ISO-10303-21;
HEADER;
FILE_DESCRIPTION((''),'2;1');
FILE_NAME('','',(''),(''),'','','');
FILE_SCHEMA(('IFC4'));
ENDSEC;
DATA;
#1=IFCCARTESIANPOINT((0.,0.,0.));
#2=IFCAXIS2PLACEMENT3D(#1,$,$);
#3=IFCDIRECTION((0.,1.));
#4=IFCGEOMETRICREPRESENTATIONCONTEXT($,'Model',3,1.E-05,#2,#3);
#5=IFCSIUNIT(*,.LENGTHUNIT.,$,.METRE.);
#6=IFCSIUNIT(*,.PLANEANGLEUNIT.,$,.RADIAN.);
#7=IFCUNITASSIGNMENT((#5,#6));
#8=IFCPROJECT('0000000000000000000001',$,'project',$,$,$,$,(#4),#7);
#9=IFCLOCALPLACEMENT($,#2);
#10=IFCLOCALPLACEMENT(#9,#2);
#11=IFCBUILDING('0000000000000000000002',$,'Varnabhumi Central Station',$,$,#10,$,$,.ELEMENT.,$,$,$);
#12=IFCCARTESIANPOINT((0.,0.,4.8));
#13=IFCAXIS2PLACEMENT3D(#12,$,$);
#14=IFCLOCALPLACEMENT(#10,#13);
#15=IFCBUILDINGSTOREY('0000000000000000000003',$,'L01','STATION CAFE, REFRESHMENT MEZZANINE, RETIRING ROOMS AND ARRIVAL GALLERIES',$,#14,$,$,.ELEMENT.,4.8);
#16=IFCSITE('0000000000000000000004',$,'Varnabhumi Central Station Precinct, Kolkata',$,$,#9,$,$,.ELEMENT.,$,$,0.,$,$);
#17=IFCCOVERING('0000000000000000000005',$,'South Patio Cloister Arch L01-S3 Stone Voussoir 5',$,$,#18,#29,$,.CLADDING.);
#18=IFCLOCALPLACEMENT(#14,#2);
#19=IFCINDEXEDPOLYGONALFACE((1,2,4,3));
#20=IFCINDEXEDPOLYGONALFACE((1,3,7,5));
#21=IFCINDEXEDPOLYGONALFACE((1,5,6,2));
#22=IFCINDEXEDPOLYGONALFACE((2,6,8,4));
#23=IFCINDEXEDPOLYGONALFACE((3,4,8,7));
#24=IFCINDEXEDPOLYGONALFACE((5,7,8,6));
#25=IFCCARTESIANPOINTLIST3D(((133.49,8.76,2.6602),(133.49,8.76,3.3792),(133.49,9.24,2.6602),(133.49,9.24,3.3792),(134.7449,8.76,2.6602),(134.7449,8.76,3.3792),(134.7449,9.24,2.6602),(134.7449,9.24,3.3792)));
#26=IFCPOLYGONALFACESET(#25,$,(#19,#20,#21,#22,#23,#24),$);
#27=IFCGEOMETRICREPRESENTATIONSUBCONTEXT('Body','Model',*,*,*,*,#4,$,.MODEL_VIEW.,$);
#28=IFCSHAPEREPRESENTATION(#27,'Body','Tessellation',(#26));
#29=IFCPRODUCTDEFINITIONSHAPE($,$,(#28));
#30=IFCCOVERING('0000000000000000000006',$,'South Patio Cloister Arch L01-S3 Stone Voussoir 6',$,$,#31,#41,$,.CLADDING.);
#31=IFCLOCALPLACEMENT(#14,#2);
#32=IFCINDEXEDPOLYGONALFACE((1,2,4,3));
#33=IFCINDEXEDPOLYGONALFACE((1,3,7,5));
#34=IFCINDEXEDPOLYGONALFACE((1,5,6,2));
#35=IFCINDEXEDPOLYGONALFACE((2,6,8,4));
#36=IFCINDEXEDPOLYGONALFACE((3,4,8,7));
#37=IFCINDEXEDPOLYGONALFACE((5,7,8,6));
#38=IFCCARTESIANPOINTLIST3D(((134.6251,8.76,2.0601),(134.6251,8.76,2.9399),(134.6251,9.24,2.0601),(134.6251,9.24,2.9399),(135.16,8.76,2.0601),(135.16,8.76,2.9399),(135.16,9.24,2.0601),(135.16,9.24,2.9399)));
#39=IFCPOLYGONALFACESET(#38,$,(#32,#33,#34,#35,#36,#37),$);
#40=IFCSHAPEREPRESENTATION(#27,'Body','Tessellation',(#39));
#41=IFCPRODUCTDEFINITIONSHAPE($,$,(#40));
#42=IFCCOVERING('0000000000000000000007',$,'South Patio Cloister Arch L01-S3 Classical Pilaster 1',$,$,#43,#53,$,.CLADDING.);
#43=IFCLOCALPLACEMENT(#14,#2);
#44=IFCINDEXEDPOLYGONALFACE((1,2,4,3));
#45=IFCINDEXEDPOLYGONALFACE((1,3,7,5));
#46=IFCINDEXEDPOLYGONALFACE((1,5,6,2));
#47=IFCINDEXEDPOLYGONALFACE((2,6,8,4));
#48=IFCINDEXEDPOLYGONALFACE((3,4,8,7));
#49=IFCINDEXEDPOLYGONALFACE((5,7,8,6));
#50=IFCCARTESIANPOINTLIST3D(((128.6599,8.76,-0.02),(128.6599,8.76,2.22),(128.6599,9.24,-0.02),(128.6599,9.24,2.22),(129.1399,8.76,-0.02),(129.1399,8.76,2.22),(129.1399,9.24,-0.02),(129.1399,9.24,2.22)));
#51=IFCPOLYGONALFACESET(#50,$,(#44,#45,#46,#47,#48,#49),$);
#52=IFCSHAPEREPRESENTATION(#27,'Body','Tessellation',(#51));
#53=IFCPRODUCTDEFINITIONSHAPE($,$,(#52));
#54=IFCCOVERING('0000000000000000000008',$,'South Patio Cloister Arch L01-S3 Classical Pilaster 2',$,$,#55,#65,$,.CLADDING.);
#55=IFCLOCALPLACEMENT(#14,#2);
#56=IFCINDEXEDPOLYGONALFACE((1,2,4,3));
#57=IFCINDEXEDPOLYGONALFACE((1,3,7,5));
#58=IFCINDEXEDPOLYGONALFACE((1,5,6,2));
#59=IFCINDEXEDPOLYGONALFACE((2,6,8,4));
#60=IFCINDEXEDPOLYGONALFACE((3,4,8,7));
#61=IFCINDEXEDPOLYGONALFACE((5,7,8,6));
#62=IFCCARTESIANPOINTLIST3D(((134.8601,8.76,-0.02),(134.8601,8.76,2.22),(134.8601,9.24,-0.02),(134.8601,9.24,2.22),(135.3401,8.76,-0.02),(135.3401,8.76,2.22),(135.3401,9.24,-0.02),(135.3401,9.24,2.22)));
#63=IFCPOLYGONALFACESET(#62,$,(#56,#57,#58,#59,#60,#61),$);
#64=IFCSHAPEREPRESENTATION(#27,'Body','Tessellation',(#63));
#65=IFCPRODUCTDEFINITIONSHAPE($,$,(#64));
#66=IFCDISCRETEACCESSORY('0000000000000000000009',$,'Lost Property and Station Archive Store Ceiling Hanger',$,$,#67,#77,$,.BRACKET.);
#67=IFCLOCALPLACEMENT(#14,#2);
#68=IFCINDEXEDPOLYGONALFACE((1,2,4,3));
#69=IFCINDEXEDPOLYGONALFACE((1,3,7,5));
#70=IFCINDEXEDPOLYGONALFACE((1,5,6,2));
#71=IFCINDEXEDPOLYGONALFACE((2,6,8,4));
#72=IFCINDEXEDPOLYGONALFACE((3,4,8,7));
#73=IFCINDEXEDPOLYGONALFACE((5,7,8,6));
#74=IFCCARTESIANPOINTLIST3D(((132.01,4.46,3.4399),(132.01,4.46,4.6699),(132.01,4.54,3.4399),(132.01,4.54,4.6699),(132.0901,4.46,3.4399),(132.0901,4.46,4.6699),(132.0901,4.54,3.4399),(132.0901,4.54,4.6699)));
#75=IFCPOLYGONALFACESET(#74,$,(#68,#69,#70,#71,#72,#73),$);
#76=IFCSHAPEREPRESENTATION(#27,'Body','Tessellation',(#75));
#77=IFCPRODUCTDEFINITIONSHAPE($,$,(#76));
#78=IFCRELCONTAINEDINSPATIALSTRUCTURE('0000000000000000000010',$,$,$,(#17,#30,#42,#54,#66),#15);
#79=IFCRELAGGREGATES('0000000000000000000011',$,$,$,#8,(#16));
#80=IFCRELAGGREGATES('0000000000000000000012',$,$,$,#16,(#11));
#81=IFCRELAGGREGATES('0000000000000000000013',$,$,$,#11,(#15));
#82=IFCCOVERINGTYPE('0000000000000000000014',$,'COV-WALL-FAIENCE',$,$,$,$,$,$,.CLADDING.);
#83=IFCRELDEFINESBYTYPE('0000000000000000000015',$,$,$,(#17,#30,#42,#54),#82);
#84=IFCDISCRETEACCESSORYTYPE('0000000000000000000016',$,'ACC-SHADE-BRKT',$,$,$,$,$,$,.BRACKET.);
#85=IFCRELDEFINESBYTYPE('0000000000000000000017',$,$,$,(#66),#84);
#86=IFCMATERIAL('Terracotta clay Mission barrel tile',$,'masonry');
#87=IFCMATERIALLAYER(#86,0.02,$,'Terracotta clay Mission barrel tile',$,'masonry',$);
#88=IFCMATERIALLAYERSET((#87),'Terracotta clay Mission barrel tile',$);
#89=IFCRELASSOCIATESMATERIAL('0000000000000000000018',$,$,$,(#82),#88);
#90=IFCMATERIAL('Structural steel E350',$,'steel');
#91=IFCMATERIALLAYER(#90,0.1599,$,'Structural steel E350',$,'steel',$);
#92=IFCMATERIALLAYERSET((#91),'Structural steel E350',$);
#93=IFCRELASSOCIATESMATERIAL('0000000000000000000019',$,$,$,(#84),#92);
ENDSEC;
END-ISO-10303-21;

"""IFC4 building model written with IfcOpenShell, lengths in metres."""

from ifc_helpers import new_model, si_unit, direction, frame, origin, origin_2d, place, context, subcontext, project, spatial, rectangle, extrude, material, layer, layer_set, type_object, element, save


model = new_model("IFC4")

# Units and contexts
model_context = context("Model", 3, precision=1e-05, world=origin(), true_north=direction((0.0, 1.0)))
body_context = subcontext(model_context, "Body", "Model", "MODEL_VIEW")
ifc_project = project(units=[si_unit("LENGTHUNIT", "METRE"), si_unit("PLANEANGLEUNIT", "RADIAN")], contexts=[model_context])

# Site, building, storey
site_placement = place(None, origin())
site = spatial("IfcSite", under=ifc_project, at=site_placement, Name="Varnabhumi Central Station Precinct, Kolkata", CompositionType="ELEMENT", RefElevation=0.0)
building_placement = place(site_placement, origin())
building = spatial("IfcBuilding", under=site, at=building_placement, Name="Varnabhumi Central Station", CompositionType="ELEMENT")
storey_placement = place(building_placement, frame((0.0, 0.0, 4.8)))
storey = spatial("IfcBuildingStorey", under=building, at=storey_placement, Name="L01", Description="STATION CAFE, REFRESHMENT MEZZANINE, RETIRING ROOMS AND ARRIVAL GALLERIES", CompositionType="ELEMENT", Elevation=4.8)

# Shared definitions
ifc_material_1 = material(Name="Structural steel E350", Category="steel")

# Coverings
ifc_material_2 = material(Name="Terracotta clay Mission barrel tile", Category="masonry")
ifc_layer_1 = layer(ifc_material_2, 0.02, Name="Terracotta clay Mission barrel tile", Category="masonry")
ifc_layer_set_1 = layer_set([ifc_layer_1], Name="Terracotta clay Mission barrel tile")
covering_type = type_object("IfcCoveringType", Name="COV-WALL-FAIENCE", PredefinedType="CLADDING", material=ifc_layer_set_1)
covering_1_placement = place(storey_placement, frame((134.1174, 9.0, 2.6602), z_axis=(0.0, 0.0, 1.0), x_axis=(1.0, 0.0, 0.0)))
element("IfcCovering", 1, at=covering_1_placement, inside=storey, type_object=covering_type, Name="South Patio Cloister Arch L01-S3 Stone Voussoir 5", PredefinedType="CLADDING", context=body_context, shape_type="SweptSolid", body=[
    extrude(rectangle(XDim=1.2549, YDim=0.48, at=origin_2d()), origin(), (0.0, 0.0, 1.0), 0.719),
])
covering_2_placement = place(storey_placement, frame((134.8926, 9.0, 2.0601), z_axis=(0.0, 0.0, 1.0), x_axis=(1.0, 0.0, 0.0)))
element("IfcCovering", 2, at=covering_2_placement, inside=storey, type_object=covering_type, Name="South Patio Cloister Arch L01-S3 Stone Voussoir 6", PredefinedType="CLADDING", context=body_context, shape_type="SweptSolid", body=[
    extrude(rectangle(XDim=0.5349, YDim=0.48, at=origin_2d()), origin(), (0.0, 0.0, 1.0), 0.8799),
])
for number, where, z_axis, x_axis, name in (
    (3, (128.8999, 9.0, -0.02), (0.0, 0.0, 1.0), (1.0, 0.0, 0.0), "South Patio Cloister Arch L01-S3 Classical Pilaster 1"),
    (4, (135.1001, 9.0, -0.02), (0.0, 0.0, 1.0), (1.0, 0.0, 0.0), "South Patio Cloister Arch L01-S3 Classical Pilaster 2"),
):
    element("IfcCovering", number, at=place(storey_placement, frame(where, z_axis=z_axis, x_axis=x_axis)), inside=storey, type_object=covering_type, Name=name, PredefinedType="CLADDING", context=body_context, shape_type="SweptSolid", body=[
        extrude(rectangle(XDim=0.48, YDim=0.48, at=origin_2d()), origin(), (0.0, 0.0, 1.0), 2.24),
    ])

# Discrete accessory
ifc_layer_2 = layer(ifc_material_1, 0.1599, Name="Structural steel E350", Category="steel")
ifc_layer_set_2 = layer_set([ifc_layer_2], Name="Structural steel E350")
discrete_accessory_type = type_object("IfcDiscreteAccessoryType", Name="ACC-SHADE-BRKT", PredefinedType="BRACKET", material=ifc_layer_set_2)
discrete_accessory_placement = place(storey_placement, frame((132.05, 4.5, 3.4399), z_axis=(0.0, 0.0, 1.0), x_axis=(1.0, 0.0, 0.0)))
element("IfcDiscreteAccessory", 5, at=discrete_accessory_placement, inside=storey, type_object=discrete_accessory_type, Name="Lost Property and Station Archive Store Ceiling Hanger", PredefinedType="BRACKET", context=body_context, shape_type="SweptSolid", body=[
    extrude(rectangle(XDim=0.0801, YDim=0.0801, at=origin_2d()), origin(), (0.0, 0.0, 1.0), 1.23),
])

save(model, "model.ifc")
